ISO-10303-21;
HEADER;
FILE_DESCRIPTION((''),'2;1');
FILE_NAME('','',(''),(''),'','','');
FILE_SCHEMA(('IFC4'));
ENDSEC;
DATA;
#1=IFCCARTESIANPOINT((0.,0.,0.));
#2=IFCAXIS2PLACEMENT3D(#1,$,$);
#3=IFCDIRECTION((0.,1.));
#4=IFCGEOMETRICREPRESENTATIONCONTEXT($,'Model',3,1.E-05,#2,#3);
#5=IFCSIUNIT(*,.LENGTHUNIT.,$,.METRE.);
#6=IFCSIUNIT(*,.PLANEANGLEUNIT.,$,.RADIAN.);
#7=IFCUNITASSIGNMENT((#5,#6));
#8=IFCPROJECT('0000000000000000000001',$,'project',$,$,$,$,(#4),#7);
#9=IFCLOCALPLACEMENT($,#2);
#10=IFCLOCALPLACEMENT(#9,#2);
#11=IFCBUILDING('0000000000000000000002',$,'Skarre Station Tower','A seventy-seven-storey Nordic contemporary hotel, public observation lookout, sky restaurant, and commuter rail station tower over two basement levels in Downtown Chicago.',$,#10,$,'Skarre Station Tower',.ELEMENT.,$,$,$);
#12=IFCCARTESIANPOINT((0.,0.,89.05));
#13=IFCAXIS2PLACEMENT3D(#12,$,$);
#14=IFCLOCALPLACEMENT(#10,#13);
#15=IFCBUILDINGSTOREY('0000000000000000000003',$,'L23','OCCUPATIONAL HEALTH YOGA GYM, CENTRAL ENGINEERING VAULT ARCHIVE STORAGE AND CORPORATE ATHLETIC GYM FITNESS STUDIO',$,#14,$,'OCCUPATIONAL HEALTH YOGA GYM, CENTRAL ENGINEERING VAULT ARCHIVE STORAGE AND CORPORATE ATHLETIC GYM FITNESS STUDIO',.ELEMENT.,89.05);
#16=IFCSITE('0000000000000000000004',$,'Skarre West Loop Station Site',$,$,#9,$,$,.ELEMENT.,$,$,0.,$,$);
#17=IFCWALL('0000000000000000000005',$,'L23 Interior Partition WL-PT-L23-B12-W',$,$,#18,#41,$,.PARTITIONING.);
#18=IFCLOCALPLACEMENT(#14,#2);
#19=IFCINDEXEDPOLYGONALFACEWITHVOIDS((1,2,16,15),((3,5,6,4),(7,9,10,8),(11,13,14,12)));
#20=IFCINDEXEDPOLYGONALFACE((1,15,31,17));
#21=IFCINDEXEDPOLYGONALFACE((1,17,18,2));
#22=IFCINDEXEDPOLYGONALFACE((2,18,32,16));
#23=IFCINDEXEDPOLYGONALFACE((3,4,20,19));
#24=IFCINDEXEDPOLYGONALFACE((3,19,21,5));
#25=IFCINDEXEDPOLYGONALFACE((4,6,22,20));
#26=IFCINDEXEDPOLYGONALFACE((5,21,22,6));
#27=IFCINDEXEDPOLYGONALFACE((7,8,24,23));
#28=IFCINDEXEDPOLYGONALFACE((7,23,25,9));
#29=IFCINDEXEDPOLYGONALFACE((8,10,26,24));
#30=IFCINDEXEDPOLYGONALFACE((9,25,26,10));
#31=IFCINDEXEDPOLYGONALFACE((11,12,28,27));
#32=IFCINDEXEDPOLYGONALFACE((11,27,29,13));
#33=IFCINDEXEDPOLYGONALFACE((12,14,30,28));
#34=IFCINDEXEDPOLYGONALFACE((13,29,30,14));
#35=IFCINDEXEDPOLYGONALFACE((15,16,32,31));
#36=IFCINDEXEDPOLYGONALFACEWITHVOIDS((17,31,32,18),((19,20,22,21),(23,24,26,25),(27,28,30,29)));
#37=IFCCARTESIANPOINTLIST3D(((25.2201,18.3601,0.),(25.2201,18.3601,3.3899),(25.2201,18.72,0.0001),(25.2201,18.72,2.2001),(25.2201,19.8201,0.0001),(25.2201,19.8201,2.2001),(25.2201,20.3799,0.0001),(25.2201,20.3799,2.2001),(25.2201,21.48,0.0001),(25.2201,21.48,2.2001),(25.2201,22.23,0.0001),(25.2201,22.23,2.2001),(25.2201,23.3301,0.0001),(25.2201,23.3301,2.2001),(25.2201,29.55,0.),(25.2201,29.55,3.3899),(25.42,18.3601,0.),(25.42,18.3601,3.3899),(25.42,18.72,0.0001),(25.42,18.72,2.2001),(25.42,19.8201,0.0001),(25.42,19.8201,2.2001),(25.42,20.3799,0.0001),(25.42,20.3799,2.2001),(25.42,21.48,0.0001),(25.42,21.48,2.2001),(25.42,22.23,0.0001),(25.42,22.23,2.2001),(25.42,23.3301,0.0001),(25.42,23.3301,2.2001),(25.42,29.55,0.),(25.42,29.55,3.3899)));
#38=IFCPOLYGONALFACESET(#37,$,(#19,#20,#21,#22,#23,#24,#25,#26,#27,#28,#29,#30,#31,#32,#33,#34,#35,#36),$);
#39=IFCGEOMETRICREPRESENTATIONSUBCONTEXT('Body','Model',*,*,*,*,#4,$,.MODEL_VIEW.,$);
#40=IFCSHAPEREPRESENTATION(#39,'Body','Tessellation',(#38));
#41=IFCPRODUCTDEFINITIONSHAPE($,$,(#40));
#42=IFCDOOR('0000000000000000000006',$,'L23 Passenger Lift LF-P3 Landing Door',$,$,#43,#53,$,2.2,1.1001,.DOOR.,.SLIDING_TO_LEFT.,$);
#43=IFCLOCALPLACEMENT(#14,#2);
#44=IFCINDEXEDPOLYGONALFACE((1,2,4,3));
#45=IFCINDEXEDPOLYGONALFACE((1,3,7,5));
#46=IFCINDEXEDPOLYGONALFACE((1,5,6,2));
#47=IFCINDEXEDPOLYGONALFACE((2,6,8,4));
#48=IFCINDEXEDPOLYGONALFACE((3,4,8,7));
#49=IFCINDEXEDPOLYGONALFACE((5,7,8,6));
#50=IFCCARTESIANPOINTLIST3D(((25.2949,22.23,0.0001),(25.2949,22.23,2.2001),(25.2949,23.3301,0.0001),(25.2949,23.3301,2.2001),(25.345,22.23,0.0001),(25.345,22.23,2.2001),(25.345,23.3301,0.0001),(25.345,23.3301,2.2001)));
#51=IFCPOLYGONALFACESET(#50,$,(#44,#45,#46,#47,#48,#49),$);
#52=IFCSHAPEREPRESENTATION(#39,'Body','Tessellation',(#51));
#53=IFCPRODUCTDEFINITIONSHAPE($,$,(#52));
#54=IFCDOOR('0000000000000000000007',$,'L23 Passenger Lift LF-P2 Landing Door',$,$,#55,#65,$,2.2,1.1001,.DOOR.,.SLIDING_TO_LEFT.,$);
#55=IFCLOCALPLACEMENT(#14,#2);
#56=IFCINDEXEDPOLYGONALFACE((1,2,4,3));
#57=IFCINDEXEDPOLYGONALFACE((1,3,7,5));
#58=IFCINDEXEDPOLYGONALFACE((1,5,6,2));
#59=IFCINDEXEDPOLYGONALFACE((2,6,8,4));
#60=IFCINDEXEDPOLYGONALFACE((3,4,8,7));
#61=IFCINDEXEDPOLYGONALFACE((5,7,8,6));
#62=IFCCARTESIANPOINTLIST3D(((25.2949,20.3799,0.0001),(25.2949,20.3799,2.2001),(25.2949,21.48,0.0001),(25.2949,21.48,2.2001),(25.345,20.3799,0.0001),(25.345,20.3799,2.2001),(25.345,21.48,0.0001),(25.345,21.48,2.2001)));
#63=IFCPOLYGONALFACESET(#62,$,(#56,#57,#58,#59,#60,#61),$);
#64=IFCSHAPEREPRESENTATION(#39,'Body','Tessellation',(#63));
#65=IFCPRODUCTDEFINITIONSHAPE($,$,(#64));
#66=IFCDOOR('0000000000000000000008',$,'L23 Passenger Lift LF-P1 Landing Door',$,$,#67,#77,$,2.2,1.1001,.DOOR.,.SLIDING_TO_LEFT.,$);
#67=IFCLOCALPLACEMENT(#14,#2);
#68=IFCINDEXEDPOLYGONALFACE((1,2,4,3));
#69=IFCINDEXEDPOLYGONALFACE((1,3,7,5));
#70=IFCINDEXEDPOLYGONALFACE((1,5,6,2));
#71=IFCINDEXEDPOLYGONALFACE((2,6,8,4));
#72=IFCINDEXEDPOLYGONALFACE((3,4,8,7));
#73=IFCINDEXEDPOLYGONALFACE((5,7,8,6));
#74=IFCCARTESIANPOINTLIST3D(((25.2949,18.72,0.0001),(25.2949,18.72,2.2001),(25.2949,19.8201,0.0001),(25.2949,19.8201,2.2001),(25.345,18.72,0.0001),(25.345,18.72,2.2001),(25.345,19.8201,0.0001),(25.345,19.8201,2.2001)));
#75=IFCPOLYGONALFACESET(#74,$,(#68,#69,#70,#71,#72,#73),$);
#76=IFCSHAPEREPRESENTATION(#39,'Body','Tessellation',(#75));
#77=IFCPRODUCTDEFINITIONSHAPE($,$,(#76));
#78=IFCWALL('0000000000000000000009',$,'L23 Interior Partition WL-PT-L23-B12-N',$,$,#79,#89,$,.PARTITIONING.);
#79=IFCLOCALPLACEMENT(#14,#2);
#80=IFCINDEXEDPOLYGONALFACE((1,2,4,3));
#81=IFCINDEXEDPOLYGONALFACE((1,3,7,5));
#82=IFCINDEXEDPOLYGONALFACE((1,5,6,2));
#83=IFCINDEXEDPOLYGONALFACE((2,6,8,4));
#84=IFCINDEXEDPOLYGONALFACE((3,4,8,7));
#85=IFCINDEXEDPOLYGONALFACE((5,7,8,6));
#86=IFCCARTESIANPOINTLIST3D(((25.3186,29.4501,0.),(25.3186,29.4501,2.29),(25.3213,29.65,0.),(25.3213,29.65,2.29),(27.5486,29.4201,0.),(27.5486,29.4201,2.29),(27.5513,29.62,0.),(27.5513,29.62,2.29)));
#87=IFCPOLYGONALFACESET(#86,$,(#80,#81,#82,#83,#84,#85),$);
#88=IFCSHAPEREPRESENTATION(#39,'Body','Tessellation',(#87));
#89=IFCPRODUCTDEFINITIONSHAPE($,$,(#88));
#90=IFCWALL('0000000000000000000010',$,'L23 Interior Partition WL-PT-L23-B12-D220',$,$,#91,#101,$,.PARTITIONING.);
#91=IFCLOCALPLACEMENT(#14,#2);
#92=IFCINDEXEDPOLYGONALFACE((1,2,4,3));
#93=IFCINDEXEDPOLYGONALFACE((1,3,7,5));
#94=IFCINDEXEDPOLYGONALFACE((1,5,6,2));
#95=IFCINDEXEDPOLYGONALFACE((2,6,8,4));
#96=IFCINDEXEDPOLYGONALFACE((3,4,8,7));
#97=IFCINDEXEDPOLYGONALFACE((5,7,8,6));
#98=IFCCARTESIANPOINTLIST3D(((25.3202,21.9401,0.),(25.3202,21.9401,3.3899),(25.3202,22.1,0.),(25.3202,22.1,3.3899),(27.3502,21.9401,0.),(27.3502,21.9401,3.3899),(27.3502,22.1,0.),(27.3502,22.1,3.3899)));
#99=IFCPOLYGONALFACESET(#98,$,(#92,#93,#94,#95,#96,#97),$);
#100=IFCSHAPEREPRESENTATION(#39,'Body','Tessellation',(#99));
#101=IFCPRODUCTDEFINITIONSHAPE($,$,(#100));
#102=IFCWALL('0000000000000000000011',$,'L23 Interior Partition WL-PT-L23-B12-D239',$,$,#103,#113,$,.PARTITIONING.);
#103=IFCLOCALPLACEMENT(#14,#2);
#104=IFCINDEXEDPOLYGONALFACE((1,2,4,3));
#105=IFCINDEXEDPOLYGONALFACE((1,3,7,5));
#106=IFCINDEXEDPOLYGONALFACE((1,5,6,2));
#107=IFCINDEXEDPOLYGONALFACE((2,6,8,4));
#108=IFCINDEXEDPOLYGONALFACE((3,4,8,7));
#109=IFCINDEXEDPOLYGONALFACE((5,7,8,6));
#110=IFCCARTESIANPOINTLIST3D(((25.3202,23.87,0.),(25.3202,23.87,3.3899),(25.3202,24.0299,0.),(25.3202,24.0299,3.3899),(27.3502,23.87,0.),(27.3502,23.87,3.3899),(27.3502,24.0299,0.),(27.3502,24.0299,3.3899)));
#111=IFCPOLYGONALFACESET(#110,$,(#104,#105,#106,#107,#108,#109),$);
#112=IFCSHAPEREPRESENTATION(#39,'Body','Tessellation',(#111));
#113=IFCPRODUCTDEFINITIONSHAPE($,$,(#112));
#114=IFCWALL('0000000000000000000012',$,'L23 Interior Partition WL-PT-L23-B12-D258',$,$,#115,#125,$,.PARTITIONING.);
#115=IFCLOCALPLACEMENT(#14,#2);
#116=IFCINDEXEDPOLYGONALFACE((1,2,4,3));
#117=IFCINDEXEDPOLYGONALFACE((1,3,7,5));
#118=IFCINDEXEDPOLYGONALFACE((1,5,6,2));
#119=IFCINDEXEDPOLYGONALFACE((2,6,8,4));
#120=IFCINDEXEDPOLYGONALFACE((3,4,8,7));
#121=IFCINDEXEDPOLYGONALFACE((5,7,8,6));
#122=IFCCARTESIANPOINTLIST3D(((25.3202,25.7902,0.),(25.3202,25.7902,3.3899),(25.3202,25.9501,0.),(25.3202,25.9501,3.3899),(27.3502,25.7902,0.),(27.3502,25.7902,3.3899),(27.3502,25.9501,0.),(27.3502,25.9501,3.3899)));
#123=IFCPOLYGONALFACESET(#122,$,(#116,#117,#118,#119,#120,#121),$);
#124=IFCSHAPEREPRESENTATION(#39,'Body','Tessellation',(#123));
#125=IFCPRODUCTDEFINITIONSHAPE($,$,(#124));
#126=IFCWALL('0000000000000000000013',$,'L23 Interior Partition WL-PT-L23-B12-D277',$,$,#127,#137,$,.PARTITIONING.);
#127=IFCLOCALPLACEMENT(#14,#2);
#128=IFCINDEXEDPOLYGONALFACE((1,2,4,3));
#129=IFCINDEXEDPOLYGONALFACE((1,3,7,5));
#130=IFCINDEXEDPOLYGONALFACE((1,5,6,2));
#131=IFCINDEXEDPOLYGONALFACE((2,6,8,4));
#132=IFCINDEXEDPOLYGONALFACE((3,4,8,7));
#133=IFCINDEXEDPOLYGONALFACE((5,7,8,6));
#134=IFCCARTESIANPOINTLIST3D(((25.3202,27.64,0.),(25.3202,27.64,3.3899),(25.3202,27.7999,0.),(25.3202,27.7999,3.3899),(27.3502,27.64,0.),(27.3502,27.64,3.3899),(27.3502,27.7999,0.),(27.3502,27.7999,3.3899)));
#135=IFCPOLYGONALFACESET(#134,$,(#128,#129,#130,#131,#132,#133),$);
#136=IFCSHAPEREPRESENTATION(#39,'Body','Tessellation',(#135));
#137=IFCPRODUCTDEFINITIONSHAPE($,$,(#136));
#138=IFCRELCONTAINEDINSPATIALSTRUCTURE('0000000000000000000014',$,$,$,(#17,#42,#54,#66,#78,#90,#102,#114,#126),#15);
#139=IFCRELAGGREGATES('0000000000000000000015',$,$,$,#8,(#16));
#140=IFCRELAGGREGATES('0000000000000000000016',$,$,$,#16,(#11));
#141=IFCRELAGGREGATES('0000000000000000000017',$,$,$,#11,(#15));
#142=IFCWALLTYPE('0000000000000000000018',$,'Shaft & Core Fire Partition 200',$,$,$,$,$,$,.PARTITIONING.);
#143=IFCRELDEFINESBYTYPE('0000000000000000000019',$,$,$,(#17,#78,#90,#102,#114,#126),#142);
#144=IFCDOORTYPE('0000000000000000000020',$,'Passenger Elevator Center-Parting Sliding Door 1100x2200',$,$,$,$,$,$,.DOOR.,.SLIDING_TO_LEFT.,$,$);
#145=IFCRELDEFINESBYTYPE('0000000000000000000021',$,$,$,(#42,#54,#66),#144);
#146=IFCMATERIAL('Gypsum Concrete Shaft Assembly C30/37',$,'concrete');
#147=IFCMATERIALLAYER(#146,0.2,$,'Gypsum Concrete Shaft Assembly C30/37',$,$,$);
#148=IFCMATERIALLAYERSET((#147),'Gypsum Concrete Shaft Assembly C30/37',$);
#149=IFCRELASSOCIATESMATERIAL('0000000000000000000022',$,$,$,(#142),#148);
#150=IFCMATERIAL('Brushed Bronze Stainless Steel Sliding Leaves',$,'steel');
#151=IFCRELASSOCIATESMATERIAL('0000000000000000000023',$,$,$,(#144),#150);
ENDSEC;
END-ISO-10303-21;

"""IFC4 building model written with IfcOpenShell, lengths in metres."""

from ifc_helpers import new_model, si_unit, direction, frame, frame_2d, origin, place, context, subcontext, project, spatial, rectangle, extrude, material, layer, layer_set, type_object, element, fill, save


model = new_model("IFC4")

# Units and contexts
model_context = context("Model", 3, precision=1e-05, world=origin(), true_north=direction((0.0, 1.0)))
body_context = subcontext(model_context, "Body", "Model", "MODEL_VIEW")
ifc_project = project(units=[si_unit("LENGTHUNIT", "METRE"), si_unit("PLANEANGLEUNIT", "RADIAN")], contexts=[model_context])

# Site, building, storey
site_placement = place(None, origin())
site = spatial("IfcSite", under=ifc_project, at=site_placement, Name="Skarre West Loop Station Site", CompositionType="ELEMENT", RefElevation=0.0)
building_placement = place(site_placement, origin())
building = spatial("IfcBuilding", under=site, at=building_placement, Name="Skarre Station Tower", Description="A seventy-seven-storey Nordic contemporary hotel, public observation lookout, sky restaurant, and commuter rail station tower over two basement levels in Downtown Chicago.", LongName="Skarre Station Tower", CompositionType="ELEMENT")
storey_placement = place(building_placement, frame((0.0, 0.0, 89.05)))
storey = spatial("IfcBuildingStorey", under=building, at=storey_placement, Name="L23", Description="OCCUPATIONAL HEALTH YOGA GYM, CENTRAL ENGINEERING VAULT ARCHIVE STORAGE AND CORPORATE ATHLETIC GYM FITNESS STUDIO", LongName="OCCUPATIONAL HEALTH YOGA GYM, CENTRAL ENGINEERING VAULT ARCHIVE STORAGE AND CORPORATE ATHLETIC GYM FITNESS STUDIO", CompositionType="ELEMENT", Elevation=89.05)

# Shared definitions
ifc_material_1 = material(Name="Gypsum Concrete Shaft Assembly C30/37", Category="concrete")
ifc_layer_1 = layer(ifc_material_1, 0.2, Name="Gypsum Concrete Shaft Assembly C30/37")
ifc_layer_set_1 = layer_set([ifc_layer_1], Name="Gypsum Concrete Shaft Assembly C30/37")
wall_type_1 = type_object("IfcWallType", Name="Shaft & Core Fire Partition 200", PredefinedType="PARTITIONING", material=ifc_layer_set_1)

# Wall, openings, doors
wall_1_placement = place(storey_placement, frame((25.3201, 29.55, 0.0), z_axis=(0.0, 0.0, 1.0), x_axis=(0.0, -1.0, 0.0)))
wall_1 = element("IfcWall", 1, at=wall_1_placement, inside=storey, type_object=wall_type_1, Name="L23 Interior Partition WL-PT-L23-B12-W", PredefinedType="PARTITIONING", context=body_context, shape_type="SweptSolid", body=[
    extrude(rectangle(XDim=11.1899, YDim=0.2, at=frame_2d((5.595, 0.0))), origin(), (0.0, 0.0, 1.0), 3.3899),
])
opening_1_placement = place(wall_1_placement, frame((6.22, 0.0, 0.0)))
opening_1 = element("IfcOpeningElement", 2, at=opening_1_placement, cuts=wall_1, PredefinedType="OPENING", context=body_context, shape_type="SweptSolid", body=[
    extrude(rectangle(XDim=1.1001, YDim=2.2, at=frame_2d((0.55, 1.1001))), frame((0.0, 0.1099, 0.0), z_axis=(0.0, -1.0, 0.0), x_axis=(1.0, 0.0, 0.0)), (0.0, 0.0, 1.0), 0.22),
])
opening_2_placement = place(wall_1_placement, frame((8.0701, 0.0, 0.0)))
opening_2 = element("IfcOpeningElement", 3, at=opening_2_placement, cuts=wall_1, PredefinedType="OPENING", context=body_context, shape_type="SweptSolid", body=[
    extrude(rectangle(XDim=1.1001, YDim=2.2, at=frame_2d((0.55, 1.1001))), frame((0.0, 0.1099, 0.0), z_axis=(0.0, -1.0, 0.0), x_axis=(1.0, 0.0, 0.0)), (0.0, 0.0, 1.0), 0.22),
])
opening_3_placement = place(wall_1_placement, frame((9.73, 0.0, 0.0)))
opening_3 = element("IfcOpeningElement", 4, at=opening_3_placement, cuts=wall_1, PredefinedType="OPENING", context=body_context, shape_type="SweptSolid", body=[
    extrude(rectangle(XDim=1.1001, YDim=2.2, at=frame_2d((0.55, 1.1001))), frame((0.0, 0.1099, 0.0), z_axis=(0.0, -1.0, 0.0), x_axis=(1.0, 0.0, 0.0)), (0.0, 0.0, 1.0), 0.22),
])
ifc_material_2 = material(Name="Brushed Bronze Stainless Steel Sliding Leaves", Category="steel")
door_type_1 = type_object("IfcDoorType", Name="Passenger Elevator Center-Parting Sliding Door 1100x2200", OperationType="SLIDING_TO_LEFT", PredefinedType="DOOR", material=ifc_material_2)
door_1_placement = place(opening_1_placement, origin())
door_1 = element("IfcDoor", 5, at=door_1_placement, inside=storey, type_object=door_type_1, Name="L23 Passenger Lift LF-P3 Landing Door", OperationType="SLIDING_TO_LEFT", OverallHeight=2.2, OverallWidth=1.1001, PredefinedType="DOOR", context=body_context, shape_type="SweptSolid", body=[
    extrude(rectangle(XDim=1.1001, YDim=2.2, at=frame_2d((0.55, 1.1001))), frame((0.0, 0.0249, 0.0), z_axis=(0.0, -1.0, 0.0), x_axis=(1.0, 0.0, 0.0)), (0.0, 0.0, 1.0), 0.05),
])
fill(opening_1, door_1)
door_2_placement = place(opening_2_placement, origin())
door_2 = element("IfcDoor", 6, at=door_2_placement, inside=storey, type_object=door_type_1, Name="L23 Passenger Lift LF-P2 Landing Door", OperationType="SLIDING_TO_LEFT", OverallHeight=2.2, OverallWidth=1.1001, PredefinedType="DOOR", context=body_context, shape_type="SweptSolid", body=[
    extrude(rectangle(XDim=1.1001, YDim=2.2, at=frame_2d((0.55, 1.1001))), frame((0.0, 0.0249, 0.0), z_axis=(0.0, -1.0, 0.0), x_axis=(1.0, 0.0, 0.0)), (0.0, 0.0, 1.0), 0.05),
])
fill(opening_2, door_2)
door_3_placement = place(opening_3_placement, origin())
door_3 = element("IfcDoor", 7, at=door_3_placement, inside=storey, type_object=door_type_1, Name="L23 Passenger Lift LF-P1 Landing Door", OperationType="SLIDING_TO_LEFT", OverallHeight=2.2, OverallWidth=1.1001, PredefinedType="DOOR", context=body_context, shape_type="SweptSolid", body=[
    extrude(rectangle(XDim=1.1001, YDim=2.2, at=frame_2d((0.55, 1.1001))), frame((0.0, 0.0249, 0.0), z_axis=(0.0, -1.0, 0.0), x_axis=(1.0, 0.0, 0.0)), (0.0, 0.0, 1.0), 0.05),
])
fill(opening_3, door_3)

# Walls
wall_2_placement = place(storey_placement, frame((27.55, 29.52, 0.0), z_axis=(0.0, 0.0, 1.0), x_axis=(-0.999909, 0.013465, 0.0)))
element("IfcWall", 8, at=wall_2_placement, inside=storey, type_object=wall_type_1, Name="L23 Interior Partition WL-PT-L23-B12-N", PredefinedType="PARTITIONING", context=body_context, shape_type="SweptSolid", body=[
    extrude(rectangle(XDim=2.2302, YDim=0.2, at=frame_2d((1.1152, 0.0))), origin(), (0.0, 0.0, 1.0), 2.29),
])
for number, where, z_axis, x_axis, name in (
    (9, (25.3201, 22.02, 0.0), (0.0, 0.0, 1.0), (1.0, 0.0, 0.0), "L23 Interior Partition WL-PT-L23-B12-D220"),
    (10, (25.3201, 23.95, 0.0), (0.0, 0.0, 1.0), (1.0, 0.0, 0.0), "L23 Interior Partition WL-PT-L23-B12-D239"),
    (11, (25.3201, 25.8701, 0.0), (0.0, 0.0, 1.0), (1.0, 0.0, 0.0), "L23 Interior Partition WL-PT-L23-B12-D258"),
    (12, (25.3201, 27.72, 0.0), (0.0, 0.0, 1.0), (1.0, 0.0, 0.0), "L23 Interior Partition WL-PT-L23-B12-D277"),
):
    element("IfcWall", number, at=place(storey_placement, frame(where, z_axis=z_axis, x_axis=x_axis)), inside=storey, type_object=wall_type_1, Name=name, PredefinedType="PARTITIONING", context=body_context, shape_type="SweptSolid", body=[
        extrude(rectangle(XDim=2.03, YDim=0.1599, at=frame_2d((1.0151, 0.0))), origin(), (0.0, 0.0, 1.0), 3.3899),
    ])

save(model, "model.ifc")
